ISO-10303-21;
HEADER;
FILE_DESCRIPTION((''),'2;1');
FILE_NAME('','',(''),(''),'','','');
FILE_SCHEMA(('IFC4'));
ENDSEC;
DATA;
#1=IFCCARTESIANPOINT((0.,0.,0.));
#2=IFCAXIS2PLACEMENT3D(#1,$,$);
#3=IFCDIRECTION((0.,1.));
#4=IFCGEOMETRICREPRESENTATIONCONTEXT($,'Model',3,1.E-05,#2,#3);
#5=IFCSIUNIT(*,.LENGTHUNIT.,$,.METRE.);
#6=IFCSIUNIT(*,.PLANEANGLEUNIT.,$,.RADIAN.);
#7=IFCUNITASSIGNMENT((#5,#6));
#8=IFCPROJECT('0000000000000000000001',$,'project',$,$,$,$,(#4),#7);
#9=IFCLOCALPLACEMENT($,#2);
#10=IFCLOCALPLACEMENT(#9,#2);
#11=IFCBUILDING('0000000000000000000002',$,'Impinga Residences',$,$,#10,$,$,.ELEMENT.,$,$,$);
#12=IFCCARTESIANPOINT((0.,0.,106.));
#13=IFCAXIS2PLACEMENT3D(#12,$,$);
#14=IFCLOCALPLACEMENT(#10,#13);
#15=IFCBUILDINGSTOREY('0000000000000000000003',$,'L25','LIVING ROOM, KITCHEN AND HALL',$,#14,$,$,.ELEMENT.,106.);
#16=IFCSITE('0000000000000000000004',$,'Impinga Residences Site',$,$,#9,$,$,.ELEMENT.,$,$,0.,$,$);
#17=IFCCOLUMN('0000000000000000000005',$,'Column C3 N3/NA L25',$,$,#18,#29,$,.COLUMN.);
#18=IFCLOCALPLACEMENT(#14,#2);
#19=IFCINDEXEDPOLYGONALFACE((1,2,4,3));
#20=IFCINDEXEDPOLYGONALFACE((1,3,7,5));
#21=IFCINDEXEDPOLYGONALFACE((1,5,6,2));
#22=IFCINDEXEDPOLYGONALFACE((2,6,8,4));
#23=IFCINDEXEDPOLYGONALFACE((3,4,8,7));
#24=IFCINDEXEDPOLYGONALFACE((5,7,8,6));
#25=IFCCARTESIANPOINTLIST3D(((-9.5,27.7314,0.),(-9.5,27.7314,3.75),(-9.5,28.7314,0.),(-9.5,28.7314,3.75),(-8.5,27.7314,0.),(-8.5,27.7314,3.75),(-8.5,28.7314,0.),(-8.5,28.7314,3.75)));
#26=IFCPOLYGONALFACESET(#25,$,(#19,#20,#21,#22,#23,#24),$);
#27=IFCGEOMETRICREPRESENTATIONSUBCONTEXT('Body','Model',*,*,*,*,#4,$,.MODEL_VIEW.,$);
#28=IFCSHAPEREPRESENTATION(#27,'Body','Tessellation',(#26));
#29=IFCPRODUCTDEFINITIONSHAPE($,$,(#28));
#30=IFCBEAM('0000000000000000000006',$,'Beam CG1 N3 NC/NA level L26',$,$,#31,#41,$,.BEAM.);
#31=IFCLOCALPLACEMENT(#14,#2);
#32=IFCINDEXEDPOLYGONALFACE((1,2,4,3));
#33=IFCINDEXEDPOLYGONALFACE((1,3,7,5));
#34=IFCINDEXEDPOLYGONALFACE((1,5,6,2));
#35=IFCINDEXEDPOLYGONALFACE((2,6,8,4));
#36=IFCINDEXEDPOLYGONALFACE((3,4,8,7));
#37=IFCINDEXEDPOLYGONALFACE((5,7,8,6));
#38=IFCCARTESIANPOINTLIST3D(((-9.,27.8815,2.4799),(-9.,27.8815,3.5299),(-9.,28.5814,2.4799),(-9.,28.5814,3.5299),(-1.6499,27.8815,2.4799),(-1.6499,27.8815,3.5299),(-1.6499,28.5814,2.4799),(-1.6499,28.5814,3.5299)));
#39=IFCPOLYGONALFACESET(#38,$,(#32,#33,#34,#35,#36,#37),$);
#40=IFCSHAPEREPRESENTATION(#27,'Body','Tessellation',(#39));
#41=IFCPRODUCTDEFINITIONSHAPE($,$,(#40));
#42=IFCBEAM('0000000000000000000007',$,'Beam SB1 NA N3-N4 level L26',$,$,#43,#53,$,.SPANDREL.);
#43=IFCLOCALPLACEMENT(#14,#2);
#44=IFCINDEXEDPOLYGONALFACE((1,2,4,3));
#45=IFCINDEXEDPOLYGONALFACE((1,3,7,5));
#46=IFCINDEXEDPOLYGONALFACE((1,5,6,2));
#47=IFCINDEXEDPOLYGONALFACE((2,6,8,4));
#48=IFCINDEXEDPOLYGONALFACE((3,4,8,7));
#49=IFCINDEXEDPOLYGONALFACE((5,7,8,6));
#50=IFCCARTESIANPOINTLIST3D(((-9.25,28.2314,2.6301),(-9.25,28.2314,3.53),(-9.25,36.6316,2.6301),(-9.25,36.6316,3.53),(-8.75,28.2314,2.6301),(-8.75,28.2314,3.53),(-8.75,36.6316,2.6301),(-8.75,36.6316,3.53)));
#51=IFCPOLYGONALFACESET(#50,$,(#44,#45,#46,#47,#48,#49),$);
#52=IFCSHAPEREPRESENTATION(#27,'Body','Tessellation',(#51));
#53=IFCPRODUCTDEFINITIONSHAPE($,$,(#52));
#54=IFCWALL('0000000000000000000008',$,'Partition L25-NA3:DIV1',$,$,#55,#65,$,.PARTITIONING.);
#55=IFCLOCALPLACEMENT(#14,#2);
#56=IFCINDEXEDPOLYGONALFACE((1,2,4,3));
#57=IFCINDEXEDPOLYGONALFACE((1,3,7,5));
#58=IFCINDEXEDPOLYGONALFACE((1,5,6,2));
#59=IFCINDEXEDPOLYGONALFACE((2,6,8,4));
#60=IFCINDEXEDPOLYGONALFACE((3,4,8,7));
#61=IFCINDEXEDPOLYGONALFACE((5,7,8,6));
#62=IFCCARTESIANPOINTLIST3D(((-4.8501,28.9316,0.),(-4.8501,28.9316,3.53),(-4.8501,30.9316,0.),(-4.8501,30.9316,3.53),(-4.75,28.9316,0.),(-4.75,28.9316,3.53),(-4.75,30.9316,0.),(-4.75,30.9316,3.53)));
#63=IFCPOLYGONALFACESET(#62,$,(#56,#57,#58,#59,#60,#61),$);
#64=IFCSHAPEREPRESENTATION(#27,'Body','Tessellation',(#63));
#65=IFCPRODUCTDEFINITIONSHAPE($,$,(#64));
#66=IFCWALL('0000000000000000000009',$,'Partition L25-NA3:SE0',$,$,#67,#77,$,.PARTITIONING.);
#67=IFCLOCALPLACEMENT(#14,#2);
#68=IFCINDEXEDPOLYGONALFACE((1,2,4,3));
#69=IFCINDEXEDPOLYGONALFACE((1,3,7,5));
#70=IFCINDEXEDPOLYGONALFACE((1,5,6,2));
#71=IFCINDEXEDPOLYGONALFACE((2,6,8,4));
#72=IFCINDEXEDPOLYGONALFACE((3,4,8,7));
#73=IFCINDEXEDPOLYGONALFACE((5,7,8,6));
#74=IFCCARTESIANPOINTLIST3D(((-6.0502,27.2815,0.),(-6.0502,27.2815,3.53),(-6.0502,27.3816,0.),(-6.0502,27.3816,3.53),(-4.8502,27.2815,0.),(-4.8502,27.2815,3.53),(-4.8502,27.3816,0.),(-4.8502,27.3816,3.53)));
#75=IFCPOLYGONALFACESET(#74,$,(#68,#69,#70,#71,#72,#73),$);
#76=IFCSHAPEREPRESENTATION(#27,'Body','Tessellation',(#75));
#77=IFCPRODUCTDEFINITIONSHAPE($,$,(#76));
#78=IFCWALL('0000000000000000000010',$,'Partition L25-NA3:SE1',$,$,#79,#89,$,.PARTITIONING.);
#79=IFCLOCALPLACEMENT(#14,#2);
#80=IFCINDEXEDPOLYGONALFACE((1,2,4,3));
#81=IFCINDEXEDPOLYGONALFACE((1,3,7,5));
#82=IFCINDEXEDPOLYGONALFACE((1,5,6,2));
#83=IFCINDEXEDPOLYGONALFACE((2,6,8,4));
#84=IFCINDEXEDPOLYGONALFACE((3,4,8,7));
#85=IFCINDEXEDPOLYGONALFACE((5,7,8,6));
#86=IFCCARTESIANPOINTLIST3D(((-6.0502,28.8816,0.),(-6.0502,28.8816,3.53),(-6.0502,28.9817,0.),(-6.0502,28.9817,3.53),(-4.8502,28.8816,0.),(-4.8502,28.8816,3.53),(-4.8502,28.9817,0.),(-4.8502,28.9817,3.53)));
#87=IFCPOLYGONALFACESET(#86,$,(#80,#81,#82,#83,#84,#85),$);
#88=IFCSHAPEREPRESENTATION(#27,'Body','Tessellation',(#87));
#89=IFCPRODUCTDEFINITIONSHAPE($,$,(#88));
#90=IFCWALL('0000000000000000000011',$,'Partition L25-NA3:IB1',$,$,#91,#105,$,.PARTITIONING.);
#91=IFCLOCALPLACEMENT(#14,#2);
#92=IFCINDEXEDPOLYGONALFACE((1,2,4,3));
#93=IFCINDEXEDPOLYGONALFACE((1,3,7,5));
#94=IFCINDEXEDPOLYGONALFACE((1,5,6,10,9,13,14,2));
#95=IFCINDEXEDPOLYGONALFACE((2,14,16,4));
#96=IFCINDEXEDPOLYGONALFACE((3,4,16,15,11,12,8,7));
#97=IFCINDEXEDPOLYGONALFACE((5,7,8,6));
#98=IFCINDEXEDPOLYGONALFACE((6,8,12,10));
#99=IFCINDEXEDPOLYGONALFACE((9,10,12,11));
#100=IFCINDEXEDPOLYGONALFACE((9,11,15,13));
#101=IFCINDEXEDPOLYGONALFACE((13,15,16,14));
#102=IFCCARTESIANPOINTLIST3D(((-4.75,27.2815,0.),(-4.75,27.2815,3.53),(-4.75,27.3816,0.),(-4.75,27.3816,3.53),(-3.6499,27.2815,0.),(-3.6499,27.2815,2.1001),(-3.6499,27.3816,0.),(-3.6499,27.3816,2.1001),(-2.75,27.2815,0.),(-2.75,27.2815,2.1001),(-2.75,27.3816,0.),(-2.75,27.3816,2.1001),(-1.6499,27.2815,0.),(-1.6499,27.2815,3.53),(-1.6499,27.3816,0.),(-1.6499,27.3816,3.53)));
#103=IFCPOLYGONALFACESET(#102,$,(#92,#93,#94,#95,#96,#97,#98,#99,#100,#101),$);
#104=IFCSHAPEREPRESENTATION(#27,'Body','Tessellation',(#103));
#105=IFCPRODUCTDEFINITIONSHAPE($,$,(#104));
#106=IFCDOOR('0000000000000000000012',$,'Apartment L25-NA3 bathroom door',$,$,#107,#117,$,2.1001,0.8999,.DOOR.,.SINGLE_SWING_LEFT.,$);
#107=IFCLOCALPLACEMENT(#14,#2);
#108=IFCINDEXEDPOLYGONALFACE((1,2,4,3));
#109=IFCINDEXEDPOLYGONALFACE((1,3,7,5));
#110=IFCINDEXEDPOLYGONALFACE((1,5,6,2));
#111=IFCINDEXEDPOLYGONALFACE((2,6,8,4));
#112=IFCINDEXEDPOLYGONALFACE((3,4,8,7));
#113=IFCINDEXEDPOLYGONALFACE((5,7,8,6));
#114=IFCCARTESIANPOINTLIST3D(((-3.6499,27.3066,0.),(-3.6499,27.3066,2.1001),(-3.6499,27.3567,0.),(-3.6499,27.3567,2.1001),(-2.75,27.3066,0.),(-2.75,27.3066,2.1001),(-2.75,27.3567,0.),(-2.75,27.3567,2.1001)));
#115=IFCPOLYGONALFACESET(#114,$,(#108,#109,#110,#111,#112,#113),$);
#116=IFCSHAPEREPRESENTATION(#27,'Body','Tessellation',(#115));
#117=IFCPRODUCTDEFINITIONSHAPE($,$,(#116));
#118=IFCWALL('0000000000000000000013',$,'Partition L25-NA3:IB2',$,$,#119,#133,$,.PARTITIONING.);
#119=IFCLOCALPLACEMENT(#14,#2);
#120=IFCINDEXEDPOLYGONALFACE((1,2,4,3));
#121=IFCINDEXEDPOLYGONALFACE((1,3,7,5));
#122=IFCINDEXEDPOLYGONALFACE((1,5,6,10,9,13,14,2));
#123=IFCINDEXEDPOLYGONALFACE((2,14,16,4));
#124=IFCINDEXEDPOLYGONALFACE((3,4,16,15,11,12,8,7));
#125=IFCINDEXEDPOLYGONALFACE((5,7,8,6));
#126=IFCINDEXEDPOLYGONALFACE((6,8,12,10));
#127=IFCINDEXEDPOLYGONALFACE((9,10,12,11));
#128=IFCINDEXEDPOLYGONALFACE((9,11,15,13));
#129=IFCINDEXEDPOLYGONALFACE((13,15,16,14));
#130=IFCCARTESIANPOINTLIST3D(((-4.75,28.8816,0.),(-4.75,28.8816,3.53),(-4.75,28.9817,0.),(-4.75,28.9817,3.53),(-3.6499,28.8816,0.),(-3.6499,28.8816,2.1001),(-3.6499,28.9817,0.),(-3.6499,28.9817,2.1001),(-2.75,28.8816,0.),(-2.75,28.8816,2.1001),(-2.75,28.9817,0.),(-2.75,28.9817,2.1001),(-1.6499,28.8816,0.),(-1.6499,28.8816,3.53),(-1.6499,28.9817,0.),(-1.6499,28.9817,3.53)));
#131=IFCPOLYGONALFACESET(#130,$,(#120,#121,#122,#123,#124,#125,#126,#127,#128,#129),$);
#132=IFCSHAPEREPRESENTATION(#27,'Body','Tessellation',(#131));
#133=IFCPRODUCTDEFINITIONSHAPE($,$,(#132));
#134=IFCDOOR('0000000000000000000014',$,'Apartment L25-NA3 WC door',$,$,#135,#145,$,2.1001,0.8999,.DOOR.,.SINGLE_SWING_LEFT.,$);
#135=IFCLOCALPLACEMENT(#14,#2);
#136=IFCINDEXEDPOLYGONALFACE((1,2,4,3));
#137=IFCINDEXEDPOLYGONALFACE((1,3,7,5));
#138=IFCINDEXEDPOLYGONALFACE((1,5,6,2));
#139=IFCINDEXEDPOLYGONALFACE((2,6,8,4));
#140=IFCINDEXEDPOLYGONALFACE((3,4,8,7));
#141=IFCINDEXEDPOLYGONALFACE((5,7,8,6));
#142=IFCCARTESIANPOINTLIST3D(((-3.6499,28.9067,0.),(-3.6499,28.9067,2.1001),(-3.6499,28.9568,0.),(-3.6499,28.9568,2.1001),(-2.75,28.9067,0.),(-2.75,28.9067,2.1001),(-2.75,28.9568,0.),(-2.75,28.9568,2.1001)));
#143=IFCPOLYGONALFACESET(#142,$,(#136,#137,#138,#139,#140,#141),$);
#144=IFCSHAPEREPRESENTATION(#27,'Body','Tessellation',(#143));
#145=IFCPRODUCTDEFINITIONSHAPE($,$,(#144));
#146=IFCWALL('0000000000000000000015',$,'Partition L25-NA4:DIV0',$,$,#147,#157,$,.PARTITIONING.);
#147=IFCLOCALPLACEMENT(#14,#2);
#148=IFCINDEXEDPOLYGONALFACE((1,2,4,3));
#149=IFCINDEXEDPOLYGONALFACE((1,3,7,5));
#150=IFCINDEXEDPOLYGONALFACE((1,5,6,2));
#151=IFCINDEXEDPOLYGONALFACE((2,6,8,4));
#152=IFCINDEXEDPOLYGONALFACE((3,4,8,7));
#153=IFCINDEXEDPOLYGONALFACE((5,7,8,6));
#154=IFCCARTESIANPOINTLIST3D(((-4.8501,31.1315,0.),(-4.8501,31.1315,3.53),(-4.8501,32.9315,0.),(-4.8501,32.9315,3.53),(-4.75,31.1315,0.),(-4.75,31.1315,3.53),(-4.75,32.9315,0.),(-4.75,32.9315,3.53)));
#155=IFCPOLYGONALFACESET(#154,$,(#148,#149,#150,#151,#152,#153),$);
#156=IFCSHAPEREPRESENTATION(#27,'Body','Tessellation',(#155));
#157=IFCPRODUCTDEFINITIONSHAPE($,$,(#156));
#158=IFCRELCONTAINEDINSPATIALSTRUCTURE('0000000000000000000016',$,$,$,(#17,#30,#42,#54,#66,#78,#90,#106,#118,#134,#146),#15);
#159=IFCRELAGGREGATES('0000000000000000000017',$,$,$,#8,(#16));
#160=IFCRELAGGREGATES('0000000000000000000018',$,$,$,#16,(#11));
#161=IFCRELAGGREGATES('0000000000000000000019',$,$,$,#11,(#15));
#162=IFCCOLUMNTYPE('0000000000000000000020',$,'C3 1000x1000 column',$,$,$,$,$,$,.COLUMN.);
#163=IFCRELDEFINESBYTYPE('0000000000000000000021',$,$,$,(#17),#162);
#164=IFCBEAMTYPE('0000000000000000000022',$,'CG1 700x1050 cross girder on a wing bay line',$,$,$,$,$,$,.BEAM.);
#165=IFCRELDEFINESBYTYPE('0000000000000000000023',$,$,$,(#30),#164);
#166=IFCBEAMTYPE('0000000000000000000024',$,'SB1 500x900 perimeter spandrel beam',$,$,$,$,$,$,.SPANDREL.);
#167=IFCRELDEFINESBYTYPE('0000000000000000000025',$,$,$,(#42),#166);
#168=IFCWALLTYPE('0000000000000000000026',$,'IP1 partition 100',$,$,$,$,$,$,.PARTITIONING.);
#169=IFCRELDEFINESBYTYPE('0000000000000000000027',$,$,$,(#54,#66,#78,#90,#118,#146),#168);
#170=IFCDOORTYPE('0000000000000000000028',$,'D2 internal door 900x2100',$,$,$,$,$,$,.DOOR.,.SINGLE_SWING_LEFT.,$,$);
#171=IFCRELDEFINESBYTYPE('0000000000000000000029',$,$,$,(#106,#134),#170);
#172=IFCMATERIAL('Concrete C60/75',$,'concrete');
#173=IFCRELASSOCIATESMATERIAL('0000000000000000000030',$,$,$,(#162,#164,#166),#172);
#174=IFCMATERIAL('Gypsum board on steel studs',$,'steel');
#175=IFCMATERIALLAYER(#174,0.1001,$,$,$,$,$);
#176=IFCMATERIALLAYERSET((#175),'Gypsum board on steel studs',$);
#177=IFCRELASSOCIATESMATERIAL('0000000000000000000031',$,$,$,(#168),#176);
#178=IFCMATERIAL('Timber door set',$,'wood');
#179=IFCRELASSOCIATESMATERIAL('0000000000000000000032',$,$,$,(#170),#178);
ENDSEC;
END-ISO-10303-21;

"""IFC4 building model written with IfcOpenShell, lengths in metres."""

from ifc_helpers import new_model, si_unit, direction, frame, frame_2d, origin, origin_2d, place, context, subcontext, project, spatial, rectangle, extrude, material, layer, layer_set, material_profile, profile_set, type_object, element, fill, save


model = new_model("IFC4")

# Units and contexts
model_context = context("Model", 3, precision=1e-05, world=origin(), true_north=direction((0.0, 1.0)))
body_context = subcontext(model_context, "Body", "Model", "MODEL_VIEW")
ifc_project = project(units=[si_unit("LENGTHUNIT", "METRE"), si_unit("PLANEANGLEUNIT", "RADIAN")], contexts=[model_context])

# Site, building, storey
site_placement = place(None, origin())
site = spatial("IfcSite", under=ifc_project, at=site_placement, Name="Impinga Residences Site", CompositionType="ELEMENT", RefElevation=0.0)
building_placement = place(site_placement, origin())
building = spatial("IfcBuilding", under=site, at=building_placement, Name="Impinga Residences", CompositionType="ELEMENT")
storey_placement = place(building_placement, frame((0.0, 0.0, 106.0)))
storey = spatial("IfcBuildingStorey", under=building, at=storey_placement, Name="L25", Description="LIVING ROOM, KITCHEN AND HALL", CompositionType="ELEMENT", Elevation=106.0)

# Column
ifc_material_1 = material(Name="Concrete C60/75", Category="concrete")
ifc_material_profile_1 = material_profile(ifc_material_1, rectangle(XDim=1.0, YDim=1.0, at=origin_2d()), Name="RC 1000x1000")
ifc_profile_set_1 = profile_set([ifc_material_profile_1], Name="Concrete C60/75")
column_type = type_object("IfcColumnType", Name="C3 1000x1000 column", PredefinedType="COLUMN", material=ifc_profile_set_1)
column_placement = place(storey_placement, frame((-9.0, 28.2314, 0.0), z_axis=(0.0, 0.0, 1.0), x_axis=(1.0, 0.0, 0.0)))
element("IfcColumn", 1, at=column_placement, inside=storey, type_object=column_type, Name="Column C3 N3/NA L25", PredefinedType="COLUMN", context=body_context, shape_type="SweptSolid", body=[
    extrude(rectangle(XDim=1.0, YDim=1.0, at=origin_2d()), origin(), (0.0, 0.0, 1.0), 3.75),
])

# Beams
ifc_material_profile_2 = material_profile(ifc_material_1, rectangle(XDim=0.7, YDim=1.05, at=origin_2d()), Name="RC 700x1050")
ifc_profile_set_2 = profile_set([ifc_material_profile_2], Name="Concrete C60/75")
beam_type_1 = type_object("IfcBeamType", Name="CG1 700x1050 cross girder on a wing bay line", PredefinedType="BEAM", material=ifc_profile_set_2)
beam_1_placement = place(storey_placement, frame((-1.6499, 28.2314, 3.0049), z_axis=(-1.0, 0.0, 0.0), x_axis=(0.0, -1.0, 0.0)))
element("IfcBeam", 2, at=beam_1_placement, inside=storey, type_object=beam_type_1, Name="Beam CG1 N3 NC/NA level L26", PredefinedType="BEAM", context=body_context, shape_type="SweptSolid", body=[
    extrude(rectangle(XDim=0.7, YDim=1.05, at=origin_2d()), origin(), (0.0, 0.0, 1.0), 7.3501),
])
ifc_material_profile_3 = material_profile(ifc_material_1, rectangle(XDim=0.5, YDim=0.8999, at=origin_2d()), Name="RC 500x900")
ifc_profile_set_3 = profile_set([ifc_material_profile_3], Name="Concrete C60/75")
beam_type_2 = type_object("IfcBeamType", Name="SB1 500x900 perimeter spandrel beam", PredefinedType="SPANDREL", material=ifc_profile_set_3)
beam_2_placement = place(storey_placement, frame((-9.0, 28.2314, 3.0801), z_axis=(0.0, 1.0, 0.0), x_axis=(-1.0, 0.0, 0.0)))
element("IfcBeam", 3, at=beam_2_placement, inside=storey, type_object=beam_type_2, Name="Beam SB1 NA N3-N4 level L26", PredefinedType="SPANDREL", context=body_context, shape_type="SweptSolid", body=[
    extrude(rectangle(XDim=0.5, YDim=0.8999, at=origin_2d()), origin(), (0.0, 0.0, 1.0), 8.4001),
])

# Walls
ifc_material_2 = material(Name="Gypsum board on steel studs", Category="steel")
ifc_layer_1 = layer(ifc_material_2, 0.1001)
ifc_layer_set_1 = layer_set([ifc_layer_1], Name="Gypsum board on steel studs")
wall_type_1 = type_object("IfcWallType", Name="IP1 partition 100", PredefinedType="PARTITIONING", material=ifc_layer_set_1)
wall_1_placement = place(storey_placement, frame((-4.8, 28.9316, 0.0), z_axis=(0.0, 0.0, 1.0), x_axis=(0.0, 1.0, 0.0)))
element("IfcWall", 4, at=wall_1_placement, inside=storey, type_object=wall_type_1, Name="Partition L25-NA3:DIV1", PredefinedType="PARTITIONING", context=body_context, shape_type="SweptSolid", body=[
    extrude(rectangle(XDim=2.0, YDim=0.1001, at=frame_2d((1.0, 0.0))), origin(), (0.0, 0.0, 1.0), 3.53),
])
for number, where, z_axis, x_axis, name in (
    (5, (-4.8501, 27.3315, 0.0), (0.0, 0.0, 1.0), (-1.0, 0.0, 0.0), "Partition L25-NA3:SE0"),
    (6, (-4.8501, 28.9316, 0.0), (0.0, 0.0, 1.0), (-1.0, 0.0, 0.0), "Partition L25-NA3:SE1"),
):
    element("IfcWall", number, at=place(storey_placement, frame(where, z_axis=z_axis, x_axis=x_axis)), inside=storey, type_object=wall_type_1, Name=name, PredefinedType="PARTITIONING", context=body_context, shape_type="SweptSolid", body=[
        extrude(rectangle(XDim=1.2, YDim=0.1001, at=frame_2d((0.6001, 0.0))), origin(), (0.0, 0.0, 1.0), 3.53),
    ])

# Walls, openings, doors
wall_2_placement = place(storey_placement, frame((-1.6499, 27.3315, 0.0), z_axis=(0.0, 0.0, 1.0), x_axis=(-1.0, 0.0, 0.0)))
wall_2 = element("IfcWall", 7, at=wall_2_placement, inside=storey, type_object=wall_type_1, Name="Partition L25-NA3:IB1", PredefinedType="PARTITIONING", context=body_context, shape_type="SweptSolid", body=[
    extrude(rectangle(XDim=3.1001, YDim=0.1001, at=frame_2d((1.55, 0.0))), origin(), (0.0, 0.0, 1.0), 3.53),
])
opening_1_placement = place(wall_2_placement, frame((1.1001, 0.0, 0.0)))
opening_1 = element("IfcOpeningElement", 8, at=opening_1_placement, cuts=wall_2, PredefinedType="OPENING", context=body_context, shape_type="SweptSolid", body=[
    extrude(rectangle(XDim=0.8999, YDim=2.1001, at=frame_2d((0.45, 1.05))), frame((0.0, 0.0601, 0.0), z_axis=(0.0, -1.0, 0.0), x_axis=(1.0, 0.0, 0.0)), (0.0, 0.0, 1.0), 0.1201),
])
ifc_material_3 = material(Name="Timber door set", Category="wood")
door_type = type_object("IfcDoorType", Name="D2 internal door 900x2100", OperationType="SINGLE_SWING_LEFT", PredefinedType="DOOR", material=ifc_material_3)
door_1_placement = place(opening_1_placement, origin())
door_1 = element("IfcDoor", 9, at=door_1_placement, inside=storey, type_object=door_type, Name="Apartment L25-NA3 bathroom door", OperationType="SINGLE_SWING_LEFT", OverallHeight=2.1001, OverallWidth=0.8999, PredefinedType="DOOR", context=body_context, shape_type="SweptSolid", body=[
    extrude(rectangle(XDim=0.8999, YDim=2.1001, at=frame_2d((0.45, 1.05))), frame((0.0, 0.0249, 0.0), z_axis=(0.0, -1.0, 0.0), x_axis=(1.0, 0.0, 0.0)), (0.0, 0.0, 1.0), 0.05),
])
fill(opening_1, door_1)
wall_3_placement = place(storey_placement, frame((-1.6499, 28.9316, 0.0), z_axis=(0.0, 0.0, 1.0), x_axis=(-1.0, 0.0, 0.0)))
wall_3 = element("IfcWall", 10, at=wall_3_placement, inside=storey, type_object=wall_type_1, Name="Partition L25-NA3:IB2", PredefinedType="PARTITIONING", context=body_context, shape_type="SweptSolid", body=[
    extrude(rectangle(XDim=3.1001, YDim=0.1001, at=frame_2d((1.55, 0.0))), origin(), (0.0, 0.0, 1.0), 3.53),
])
opening_2_placement = place(wall_3_placement, frame((1.1001, 0.0, 0.0)))
opening_2 = element("IfcOpeningElement", 11, at=opening_2_placement, cuts=wall_3, PredefinedType="OPENING", context=body_context, shape_type="SweptSolid", body=[
    extrude(rectangle(XDim=0.8999, YDim=2.1001, at=frame_2d((0.45, 1.05))), frame((0.0, 0.0601, 0.0), z_axis=(0.0, -1.0, 0.0), x_axis=(1.0, 0.0, 0.0)), (0.0, 0.0, 1.0), 0.1201),
])
door_2_placement = place(opening_2_placement, origin())
door_2 = element("IfcDoor", 12, at=door_2_placement, inside=storey, type_object=door_type, Name="Apartment L25-NA3 WC door", OperationType="SINGLE_SWING_LEFT", OverallHeight=2.1001, OverallWidth=0.8999, PredefinedType="DOOR", context=body_context, shape_type="SweptSolid", body=[
    extrude(rectangle(XDim=0.8999, YDim=2.1001, at=frame_2d((0.45, 1.05))), frame((0.0, 0.0249, 0.0), z_axis=(0.0, -1.0, 0.0), x_axis=(1.0, 0.0, 0.0)), (0.0, 0.0, 1.0), 0.05),
])
fill(opening_2, door_2)

# Wall
wall_4_placement = place(storey_placement, frame((-4.8, 31.1316, 0.0), z_axis=(0.0, 0.0, 1.0), x_axis=(0.0, 1.0, 0.0)))
element("IfcWall", 13, at=wall_4_placement, inside=storey, type_object=wall_type_1, Name="Partition L25-NA4:DIV0", PredefinedType="PARTITIONING", context=body_context, shape_type="SweptSolid", body=[
    extrude(rectangle(XDim=1.8, YDim=0.1001, at=frame_2d((0.8999, 0.0))), origin(), (0.0, 0.0, 1.0), 3.53),
])

save(model, "model.ifc")
